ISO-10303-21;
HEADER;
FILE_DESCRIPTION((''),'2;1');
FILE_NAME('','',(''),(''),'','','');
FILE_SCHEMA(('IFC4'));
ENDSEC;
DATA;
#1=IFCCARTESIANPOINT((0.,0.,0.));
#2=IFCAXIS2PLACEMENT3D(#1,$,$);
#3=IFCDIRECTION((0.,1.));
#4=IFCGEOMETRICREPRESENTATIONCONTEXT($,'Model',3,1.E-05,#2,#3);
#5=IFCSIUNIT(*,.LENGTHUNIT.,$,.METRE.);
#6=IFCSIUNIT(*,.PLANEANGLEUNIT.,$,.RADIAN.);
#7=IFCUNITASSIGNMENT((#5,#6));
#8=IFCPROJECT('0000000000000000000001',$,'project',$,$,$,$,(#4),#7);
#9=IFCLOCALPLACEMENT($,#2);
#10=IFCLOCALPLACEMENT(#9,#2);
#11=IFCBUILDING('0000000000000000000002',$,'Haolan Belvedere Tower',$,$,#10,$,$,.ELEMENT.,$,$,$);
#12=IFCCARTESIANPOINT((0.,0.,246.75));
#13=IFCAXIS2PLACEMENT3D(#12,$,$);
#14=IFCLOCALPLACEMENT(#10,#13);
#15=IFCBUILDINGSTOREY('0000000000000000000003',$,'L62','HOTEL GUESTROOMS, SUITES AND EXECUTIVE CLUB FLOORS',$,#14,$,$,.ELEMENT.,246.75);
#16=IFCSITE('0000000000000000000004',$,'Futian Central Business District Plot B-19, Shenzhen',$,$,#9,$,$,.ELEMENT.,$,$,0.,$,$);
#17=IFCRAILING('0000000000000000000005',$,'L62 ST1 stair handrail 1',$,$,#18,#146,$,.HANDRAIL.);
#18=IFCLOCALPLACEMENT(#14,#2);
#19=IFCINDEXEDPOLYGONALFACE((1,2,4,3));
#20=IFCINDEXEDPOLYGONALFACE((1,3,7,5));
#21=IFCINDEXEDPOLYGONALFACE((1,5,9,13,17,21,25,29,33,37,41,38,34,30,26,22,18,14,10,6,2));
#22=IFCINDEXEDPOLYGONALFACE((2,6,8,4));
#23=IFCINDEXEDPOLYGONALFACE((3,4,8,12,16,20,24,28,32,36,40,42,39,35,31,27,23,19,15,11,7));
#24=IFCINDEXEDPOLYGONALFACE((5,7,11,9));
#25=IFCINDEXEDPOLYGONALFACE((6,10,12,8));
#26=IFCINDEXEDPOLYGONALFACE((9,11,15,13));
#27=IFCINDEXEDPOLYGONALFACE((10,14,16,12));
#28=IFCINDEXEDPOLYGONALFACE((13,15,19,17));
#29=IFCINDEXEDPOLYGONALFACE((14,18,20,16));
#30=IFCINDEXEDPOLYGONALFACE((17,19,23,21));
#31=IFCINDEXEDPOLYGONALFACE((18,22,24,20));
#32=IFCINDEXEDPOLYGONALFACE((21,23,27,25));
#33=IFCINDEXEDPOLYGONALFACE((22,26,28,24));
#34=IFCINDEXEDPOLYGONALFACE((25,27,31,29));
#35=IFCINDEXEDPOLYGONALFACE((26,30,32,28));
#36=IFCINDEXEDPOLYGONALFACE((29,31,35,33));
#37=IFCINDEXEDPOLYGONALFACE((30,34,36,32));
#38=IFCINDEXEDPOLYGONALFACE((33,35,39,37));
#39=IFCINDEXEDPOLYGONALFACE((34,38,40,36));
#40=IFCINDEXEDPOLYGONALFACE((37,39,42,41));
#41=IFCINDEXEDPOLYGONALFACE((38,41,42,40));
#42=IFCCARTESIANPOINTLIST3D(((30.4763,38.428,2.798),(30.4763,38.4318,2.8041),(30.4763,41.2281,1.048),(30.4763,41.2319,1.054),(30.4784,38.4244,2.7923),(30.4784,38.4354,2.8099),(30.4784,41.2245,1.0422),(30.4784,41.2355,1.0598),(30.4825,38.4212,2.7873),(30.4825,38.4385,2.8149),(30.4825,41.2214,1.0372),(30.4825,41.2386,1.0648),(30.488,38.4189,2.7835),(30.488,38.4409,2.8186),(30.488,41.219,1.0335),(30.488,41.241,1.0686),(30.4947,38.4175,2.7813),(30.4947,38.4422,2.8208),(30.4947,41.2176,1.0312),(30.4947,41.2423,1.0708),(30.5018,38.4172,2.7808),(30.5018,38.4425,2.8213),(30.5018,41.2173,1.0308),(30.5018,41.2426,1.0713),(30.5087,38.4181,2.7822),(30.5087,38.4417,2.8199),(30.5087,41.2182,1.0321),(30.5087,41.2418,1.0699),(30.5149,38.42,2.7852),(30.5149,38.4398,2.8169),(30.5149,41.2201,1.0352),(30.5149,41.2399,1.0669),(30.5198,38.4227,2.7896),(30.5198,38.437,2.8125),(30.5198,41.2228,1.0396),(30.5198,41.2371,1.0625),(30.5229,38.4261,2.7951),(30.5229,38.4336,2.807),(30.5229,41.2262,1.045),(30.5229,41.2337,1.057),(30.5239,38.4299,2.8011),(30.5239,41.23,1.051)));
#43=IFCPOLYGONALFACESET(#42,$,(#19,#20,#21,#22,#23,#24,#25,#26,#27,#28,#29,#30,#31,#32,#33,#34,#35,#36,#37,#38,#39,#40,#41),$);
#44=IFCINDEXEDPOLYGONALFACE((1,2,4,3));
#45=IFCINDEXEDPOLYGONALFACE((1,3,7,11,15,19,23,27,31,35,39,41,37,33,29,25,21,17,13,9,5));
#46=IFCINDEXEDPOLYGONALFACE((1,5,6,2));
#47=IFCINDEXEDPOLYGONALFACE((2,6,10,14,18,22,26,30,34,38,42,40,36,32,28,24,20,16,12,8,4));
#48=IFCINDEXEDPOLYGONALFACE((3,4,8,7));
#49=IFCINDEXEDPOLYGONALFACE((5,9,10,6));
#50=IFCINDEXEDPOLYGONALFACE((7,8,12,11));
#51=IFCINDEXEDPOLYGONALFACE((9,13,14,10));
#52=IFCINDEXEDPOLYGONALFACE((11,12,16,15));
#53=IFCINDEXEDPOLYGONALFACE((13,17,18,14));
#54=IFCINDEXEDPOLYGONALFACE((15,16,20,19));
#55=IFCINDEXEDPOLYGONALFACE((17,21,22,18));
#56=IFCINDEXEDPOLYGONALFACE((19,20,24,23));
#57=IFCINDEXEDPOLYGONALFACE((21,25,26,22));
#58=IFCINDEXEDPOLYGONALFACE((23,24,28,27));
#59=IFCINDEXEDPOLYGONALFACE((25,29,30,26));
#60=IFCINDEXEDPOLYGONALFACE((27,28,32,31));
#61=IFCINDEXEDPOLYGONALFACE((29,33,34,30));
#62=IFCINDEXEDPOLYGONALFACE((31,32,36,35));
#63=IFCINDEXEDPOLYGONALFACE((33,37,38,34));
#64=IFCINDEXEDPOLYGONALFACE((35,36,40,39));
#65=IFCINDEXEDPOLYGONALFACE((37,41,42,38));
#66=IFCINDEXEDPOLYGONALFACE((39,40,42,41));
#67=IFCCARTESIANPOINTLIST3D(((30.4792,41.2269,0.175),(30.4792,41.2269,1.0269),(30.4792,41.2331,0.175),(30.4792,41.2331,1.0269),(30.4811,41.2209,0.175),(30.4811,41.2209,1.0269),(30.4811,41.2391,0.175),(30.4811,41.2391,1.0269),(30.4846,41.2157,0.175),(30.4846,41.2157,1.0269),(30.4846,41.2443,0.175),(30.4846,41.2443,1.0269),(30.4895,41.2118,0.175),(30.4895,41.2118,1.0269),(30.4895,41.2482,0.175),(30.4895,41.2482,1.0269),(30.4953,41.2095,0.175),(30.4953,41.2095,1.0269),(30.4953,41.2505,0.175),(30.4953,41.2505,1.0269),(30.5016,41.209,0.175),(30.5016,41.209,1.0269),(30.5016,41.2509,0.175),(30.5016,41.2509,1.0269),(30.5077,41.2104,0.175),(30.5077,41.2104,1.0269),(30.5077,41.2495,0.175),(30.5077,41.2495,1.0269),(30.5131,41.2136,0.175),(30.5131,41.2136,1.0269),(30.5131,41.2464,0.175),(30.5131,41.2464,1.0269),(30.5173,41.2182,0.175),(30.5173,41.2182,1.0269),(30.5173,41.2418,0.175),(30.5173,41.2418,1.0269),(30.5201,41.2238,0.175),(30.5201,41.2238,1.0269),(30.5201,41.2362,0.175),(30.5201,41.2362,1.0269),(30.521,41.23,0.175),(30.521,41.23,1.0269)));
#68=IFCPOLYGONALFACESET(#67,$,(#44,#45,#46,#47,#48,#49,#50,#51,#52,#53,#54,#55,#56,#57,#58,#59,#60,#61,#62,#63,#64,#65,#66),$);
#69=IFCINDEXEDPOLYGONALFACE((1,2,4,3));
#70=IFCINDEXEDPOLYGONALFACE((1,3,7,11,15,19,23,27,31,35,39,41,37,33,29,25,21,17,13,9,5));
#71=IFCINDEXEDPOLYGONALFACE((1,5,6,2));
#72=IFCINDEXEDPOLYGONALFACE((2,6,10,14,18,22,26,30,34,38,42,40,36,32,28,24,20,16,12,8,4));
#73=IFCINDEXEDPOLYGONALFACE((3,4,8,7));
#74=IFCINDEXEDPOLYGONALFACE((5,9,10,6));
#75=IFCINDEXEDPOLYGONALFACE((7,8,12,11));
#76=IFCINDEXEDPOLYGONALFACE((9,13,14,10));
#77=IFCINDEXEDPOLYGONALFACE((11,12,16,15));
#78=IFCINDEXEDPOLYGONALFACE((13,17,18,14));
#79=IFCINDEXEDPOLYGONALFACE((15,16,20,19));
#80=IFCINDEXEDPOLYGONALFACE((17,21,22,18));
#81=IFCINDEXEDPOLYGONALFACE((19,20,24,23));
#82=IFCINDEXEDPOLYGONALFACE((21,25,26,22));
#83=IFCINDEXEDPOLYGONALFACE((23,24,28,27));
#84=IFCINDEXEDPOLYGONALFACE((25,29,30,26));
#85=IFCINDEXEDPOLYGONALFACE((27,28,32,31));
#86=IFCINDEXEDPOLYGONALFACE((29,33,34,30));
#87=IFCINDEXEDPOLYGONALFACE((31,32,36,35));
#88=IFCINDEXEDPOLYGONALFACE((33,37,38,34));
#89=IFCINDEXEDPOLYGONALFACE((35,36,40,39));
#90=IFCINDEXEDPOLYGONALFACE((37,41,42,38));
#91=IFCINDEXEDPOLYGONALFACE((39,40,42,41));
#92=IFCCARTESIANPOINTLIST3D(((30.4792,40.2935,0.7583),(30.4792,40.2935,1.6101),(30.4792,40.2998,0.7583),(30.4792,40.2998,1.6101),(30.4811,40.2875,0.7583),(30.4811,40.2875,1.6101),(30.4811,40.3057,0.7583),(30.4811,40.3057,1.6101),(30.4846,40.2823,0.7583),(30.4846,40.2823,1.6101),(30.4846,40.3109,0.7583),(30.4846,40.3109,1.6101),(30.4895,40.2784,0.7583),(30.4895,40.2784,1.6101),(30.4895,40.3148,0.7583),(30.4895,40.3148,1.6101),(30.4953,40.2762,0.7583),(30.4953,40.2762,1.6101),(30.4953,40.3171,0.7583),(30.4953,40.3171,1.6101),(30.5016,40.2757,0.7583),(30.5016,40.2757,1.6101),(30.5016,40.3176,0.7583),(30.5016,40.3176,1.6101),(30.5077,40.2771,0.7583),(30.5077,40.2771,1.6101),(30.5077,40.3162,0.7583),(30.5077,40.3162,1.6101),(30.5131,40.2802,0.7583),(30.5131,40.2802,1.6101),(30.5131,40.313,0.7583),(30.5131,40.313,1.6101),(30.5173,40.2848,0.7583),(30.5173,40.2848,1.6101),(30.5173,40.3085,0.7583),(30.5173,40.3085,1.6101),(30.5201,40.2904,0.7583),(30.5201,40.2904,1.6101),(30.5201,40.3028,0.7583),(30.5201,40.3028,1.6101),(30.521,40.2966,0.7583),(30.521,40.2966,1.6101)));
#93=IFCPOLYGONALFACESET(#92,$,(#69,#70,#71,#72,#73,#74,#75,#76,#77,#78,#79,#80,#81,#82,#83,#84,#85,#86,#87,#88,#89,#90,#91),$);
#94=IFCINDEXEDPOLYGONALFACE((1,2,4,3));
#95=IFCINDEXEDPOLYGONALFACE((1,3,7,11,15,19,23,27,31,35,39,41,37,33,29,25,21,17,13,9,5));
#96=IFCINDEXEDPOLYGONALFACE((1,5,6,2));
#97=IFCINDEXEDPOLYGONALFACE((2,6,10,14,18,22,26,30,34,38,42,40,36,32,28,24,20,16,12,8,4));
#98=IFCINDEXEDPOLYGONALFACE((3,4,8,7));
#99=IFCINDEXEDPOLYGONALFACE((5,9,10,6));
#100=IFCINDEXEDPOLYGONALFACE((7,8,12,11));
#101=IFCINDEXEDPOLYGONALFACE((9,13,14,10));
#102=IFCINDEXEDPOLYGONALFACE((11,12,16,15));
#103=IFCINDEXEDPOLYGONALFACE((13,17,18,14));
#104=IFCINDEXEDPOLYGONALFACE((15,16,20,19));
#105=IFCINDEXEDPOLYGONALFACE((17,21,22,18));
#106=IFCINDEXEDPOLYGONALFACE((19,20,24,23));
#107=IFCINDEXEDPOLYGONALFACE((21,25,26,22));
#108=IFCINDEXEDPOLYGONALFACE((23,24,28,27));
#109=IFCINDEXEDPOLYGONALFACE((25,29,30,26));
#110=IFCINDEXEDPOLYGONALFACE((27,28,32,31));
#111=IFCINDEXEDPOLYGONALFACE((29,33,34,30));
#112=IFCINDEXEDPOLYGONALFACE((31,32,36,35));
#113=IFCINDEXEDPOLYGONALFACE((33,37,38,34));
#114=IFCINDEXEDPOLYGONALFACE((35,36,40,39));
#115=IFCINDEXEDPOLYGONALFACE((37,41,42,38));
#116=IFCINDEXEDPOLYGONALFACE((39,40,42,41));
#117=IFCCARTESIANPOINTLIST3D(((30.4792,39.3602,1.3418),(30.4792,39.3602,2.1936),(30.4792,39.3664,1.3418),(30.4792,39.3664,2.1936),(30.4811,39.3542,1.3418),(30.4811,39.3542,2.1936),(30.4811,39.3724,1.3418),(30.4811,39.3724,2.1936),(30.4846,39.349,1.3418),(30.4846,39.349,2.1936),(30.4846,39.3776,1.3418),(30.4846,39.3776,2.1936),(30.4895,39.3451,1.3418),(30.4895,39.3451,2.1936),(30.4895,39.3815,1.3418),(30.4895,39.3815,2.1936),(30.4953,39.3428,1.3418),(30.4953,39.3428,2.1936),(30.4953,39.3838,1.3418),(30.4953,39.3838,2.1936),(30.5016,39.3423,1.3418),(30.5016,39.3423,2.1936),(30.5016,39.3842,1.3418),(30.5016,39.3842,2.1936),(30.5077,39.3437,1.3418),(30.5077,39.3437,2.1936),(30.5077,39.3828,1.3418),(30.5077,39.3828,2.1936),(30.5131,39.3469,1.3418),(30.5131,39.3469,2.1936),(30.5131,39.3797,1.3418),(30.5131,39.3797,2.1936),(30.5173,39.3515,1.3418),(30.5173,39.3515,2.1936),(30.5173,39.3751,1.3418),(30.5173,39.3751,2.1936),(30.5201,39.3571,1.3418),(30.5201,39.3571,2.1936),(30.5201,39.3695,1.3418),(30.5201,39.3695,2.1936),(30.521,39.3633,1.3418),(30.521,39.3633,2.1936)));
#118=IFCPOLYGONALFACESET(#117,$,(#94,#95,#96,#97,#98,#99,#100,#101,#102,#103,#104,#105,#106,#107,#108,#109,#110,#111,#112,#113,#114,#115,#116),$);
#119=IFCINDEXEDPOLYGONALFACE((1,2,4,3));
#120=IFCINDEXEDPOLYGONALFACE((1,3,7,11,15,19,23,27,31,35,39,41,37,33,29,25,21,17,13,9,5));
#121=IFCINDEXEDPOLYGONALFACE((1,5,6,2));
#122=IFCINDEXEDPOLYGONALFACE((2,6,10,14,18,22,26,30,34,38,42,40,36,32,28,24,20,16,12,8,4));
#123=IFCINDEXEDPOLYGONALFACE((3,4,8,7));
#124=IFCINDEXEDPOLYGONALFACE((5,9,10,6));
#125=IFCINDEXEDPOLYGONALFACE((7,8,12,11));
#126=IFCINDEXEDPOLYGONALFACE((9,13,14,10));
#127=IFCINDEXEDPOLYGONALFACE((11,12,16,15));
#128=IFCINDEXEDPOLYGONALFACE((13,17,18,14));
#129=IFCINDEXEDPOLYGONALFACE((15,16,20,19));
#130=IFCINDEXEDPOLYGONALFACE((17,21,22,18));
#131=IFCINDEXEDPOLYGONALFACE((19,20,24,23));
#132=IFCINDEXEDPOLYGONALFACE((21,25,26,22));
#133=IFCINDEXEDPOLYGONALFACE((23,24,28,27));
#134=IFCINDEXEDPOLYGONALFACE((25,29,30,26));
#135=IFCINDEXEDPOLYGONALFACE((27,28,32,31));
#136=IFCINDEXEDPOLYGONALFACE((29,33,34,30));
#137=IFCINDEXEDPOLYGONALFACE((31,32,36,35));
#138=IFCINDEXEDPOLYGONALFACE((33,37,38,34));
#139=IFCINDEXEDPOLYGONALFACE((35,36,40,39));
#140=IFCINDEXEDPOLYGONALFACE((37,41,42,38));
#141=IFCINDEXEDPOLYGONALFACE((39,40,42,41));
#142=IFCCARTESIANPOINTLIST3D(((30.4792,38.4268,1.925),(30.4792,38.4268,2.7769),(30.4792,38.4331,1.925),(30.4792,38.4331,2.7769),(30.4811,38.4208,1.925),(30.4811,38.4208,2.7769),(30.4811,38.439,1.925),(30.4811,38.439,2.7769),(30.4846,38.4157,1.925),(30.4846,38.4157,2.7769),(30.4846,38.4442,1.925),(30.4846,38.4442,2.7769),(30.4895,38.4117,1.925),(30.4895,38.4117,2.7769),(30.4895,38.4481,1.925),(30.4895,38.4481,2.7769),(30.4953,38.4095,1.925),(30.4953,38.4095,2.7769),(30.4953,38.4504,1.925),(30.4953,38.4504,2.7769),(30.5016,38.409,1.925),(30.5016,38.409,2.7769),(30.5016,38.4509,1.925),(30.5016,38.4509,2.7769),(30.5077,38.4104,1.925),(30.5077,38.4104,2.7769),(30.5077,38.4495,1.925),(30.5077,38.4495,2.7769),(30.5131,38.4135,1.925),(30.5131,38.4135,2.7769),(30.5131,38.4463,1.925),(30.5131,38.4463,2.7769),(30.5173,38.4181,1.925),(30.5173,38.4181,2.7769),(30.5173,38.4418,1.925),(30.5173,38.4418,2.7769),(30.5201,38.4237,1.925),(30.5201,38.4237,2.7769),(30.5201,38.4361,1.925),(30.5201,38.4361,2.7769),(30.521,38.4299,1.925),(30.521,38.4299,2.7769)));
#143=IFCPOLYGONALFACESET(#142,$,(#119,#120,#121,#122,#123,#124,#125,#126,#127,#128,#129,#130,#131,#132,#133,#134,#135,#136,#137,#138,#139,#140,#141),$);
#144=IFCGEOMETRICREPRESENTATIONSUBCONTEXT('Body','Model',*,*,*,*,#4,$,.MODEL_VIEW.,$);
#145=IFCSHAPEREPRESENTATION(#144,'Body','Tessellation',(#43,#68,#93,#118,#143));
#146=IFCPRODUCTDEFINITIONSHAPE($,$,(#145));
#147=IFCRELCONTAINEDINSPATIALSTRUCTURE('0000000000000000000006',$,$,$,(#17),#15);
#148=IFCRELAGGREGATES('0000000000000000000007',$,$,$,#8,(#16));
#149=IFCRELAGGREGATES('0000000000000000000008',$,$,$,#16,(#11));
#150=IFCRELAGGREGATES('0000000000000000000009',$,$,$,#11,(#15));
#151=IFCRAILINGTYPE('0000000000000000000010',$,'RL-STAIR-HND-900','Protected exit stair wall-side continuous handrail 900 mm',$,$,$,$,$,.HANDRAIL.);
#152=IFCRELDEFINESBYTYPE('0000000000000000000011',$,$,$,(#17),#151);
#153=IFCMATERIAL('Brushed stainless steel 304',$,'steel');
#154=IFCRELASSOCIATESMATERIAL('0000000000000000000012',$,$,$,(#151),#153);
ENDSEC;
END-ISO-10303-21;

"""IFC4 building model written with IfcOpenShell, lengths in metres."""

from ifc_helpers import new_model, si_unit, direction, frame, origin, origin_2d, place, context, subcontext, project, spatial, circle, extrude, material, type_object, element, save


model = new_model("IFC4")

# Units and contexts
model_context = context("Model", 3, precision=1e-05, world=origin(), true_north=direction((0.0, 1.0)))
body_context = subcontext(model_context, "Body", "Model", "MODEL_VIEW")
ifc_project = project(units=[si_unit("LENGTHUNIT", "METRE"), si_unit("PLANEANGLEUNIT", "RADIAN")], contexts=[model_context])

# Site, building, storey
site_placement = place(None, origin())
site = spatial("IfcSite", under=ifc_project, at=site_placement, Name="Futian Central Business District Plot B-19, Shenzhen", CompositionType="ELEMENT", RefElevation=0.0)
building_placement = place(site_placement, origin())
building = spatial("IfcBuilding", under=site, at=building_placement, Name="Haolan Belvedere Tower", CompositionType="ELEMENT")
storey_placement = place(building_placement, frame((0.0, 0.0, 246.75)))
storey = spatial("IfcBuildingStorey", under=building, at=storey_placement, Name="L62", Description="HOTEL GUESTROOMS, SUITES AND EXECUTIVE CLUB FLOORS", CompositionType="ELEMENT", Elevation=246.75)

# Railing
ifc_material_1 = material(Name="Brushed stainless steel 304", Category="steel")
railing_type_1 = type_object("IfcRailingType", Name="RL-STAIR-HND-900", Description="Protected exit stair wall-side continuous handrail 900 mm", PredefinedType="HANDRAIL", material=ifc_material_1)
railing_1_placement = place(storey_placement, frame((30.5, 41.23, 0.175)))
element("IfcRailing", 1, at=railing_1_placement, inside=storey, type_object=railing_type_1, Name="L62 ST1 stair handrail 1", PredefinedType="HANDRAIL", context=body_context, shape_type="SweptSolid", body=[
    extrude(circle(Radius=0.0239, at=origin_2d()), frame((0.0, 0.0, 0.876), z_axis=(0.0, -0.848002, 0.529992), x_axis=(1.0, 0.0, 0.0)), (0.0, 0.0, 1.0), 3.302),
    extrude(circle(Radius=0.021, at=origin_2d()), origin(), (0.0, 0.0, 1.0), 0.8518),
    extrude(circle(Radius=0.021, at=origin_2d()), frame((0.0, -0.9333, 0.5833)), (0.0, 0.0, 1.0), 0.8518),
    extrude(circle(Radius=0.021, at=origin_2d()), frame((0.0, -1.8667, 1.1667)), (0.0, 0.0, 1.0), 0.8518),
    extrude(circle(Radius=0.021, at=origin_2d()), frame((0.0, -2.8, 1.75)), (0.0, 0.0, 1.0), 0.8518),
])

save(model, "model.ifc")
